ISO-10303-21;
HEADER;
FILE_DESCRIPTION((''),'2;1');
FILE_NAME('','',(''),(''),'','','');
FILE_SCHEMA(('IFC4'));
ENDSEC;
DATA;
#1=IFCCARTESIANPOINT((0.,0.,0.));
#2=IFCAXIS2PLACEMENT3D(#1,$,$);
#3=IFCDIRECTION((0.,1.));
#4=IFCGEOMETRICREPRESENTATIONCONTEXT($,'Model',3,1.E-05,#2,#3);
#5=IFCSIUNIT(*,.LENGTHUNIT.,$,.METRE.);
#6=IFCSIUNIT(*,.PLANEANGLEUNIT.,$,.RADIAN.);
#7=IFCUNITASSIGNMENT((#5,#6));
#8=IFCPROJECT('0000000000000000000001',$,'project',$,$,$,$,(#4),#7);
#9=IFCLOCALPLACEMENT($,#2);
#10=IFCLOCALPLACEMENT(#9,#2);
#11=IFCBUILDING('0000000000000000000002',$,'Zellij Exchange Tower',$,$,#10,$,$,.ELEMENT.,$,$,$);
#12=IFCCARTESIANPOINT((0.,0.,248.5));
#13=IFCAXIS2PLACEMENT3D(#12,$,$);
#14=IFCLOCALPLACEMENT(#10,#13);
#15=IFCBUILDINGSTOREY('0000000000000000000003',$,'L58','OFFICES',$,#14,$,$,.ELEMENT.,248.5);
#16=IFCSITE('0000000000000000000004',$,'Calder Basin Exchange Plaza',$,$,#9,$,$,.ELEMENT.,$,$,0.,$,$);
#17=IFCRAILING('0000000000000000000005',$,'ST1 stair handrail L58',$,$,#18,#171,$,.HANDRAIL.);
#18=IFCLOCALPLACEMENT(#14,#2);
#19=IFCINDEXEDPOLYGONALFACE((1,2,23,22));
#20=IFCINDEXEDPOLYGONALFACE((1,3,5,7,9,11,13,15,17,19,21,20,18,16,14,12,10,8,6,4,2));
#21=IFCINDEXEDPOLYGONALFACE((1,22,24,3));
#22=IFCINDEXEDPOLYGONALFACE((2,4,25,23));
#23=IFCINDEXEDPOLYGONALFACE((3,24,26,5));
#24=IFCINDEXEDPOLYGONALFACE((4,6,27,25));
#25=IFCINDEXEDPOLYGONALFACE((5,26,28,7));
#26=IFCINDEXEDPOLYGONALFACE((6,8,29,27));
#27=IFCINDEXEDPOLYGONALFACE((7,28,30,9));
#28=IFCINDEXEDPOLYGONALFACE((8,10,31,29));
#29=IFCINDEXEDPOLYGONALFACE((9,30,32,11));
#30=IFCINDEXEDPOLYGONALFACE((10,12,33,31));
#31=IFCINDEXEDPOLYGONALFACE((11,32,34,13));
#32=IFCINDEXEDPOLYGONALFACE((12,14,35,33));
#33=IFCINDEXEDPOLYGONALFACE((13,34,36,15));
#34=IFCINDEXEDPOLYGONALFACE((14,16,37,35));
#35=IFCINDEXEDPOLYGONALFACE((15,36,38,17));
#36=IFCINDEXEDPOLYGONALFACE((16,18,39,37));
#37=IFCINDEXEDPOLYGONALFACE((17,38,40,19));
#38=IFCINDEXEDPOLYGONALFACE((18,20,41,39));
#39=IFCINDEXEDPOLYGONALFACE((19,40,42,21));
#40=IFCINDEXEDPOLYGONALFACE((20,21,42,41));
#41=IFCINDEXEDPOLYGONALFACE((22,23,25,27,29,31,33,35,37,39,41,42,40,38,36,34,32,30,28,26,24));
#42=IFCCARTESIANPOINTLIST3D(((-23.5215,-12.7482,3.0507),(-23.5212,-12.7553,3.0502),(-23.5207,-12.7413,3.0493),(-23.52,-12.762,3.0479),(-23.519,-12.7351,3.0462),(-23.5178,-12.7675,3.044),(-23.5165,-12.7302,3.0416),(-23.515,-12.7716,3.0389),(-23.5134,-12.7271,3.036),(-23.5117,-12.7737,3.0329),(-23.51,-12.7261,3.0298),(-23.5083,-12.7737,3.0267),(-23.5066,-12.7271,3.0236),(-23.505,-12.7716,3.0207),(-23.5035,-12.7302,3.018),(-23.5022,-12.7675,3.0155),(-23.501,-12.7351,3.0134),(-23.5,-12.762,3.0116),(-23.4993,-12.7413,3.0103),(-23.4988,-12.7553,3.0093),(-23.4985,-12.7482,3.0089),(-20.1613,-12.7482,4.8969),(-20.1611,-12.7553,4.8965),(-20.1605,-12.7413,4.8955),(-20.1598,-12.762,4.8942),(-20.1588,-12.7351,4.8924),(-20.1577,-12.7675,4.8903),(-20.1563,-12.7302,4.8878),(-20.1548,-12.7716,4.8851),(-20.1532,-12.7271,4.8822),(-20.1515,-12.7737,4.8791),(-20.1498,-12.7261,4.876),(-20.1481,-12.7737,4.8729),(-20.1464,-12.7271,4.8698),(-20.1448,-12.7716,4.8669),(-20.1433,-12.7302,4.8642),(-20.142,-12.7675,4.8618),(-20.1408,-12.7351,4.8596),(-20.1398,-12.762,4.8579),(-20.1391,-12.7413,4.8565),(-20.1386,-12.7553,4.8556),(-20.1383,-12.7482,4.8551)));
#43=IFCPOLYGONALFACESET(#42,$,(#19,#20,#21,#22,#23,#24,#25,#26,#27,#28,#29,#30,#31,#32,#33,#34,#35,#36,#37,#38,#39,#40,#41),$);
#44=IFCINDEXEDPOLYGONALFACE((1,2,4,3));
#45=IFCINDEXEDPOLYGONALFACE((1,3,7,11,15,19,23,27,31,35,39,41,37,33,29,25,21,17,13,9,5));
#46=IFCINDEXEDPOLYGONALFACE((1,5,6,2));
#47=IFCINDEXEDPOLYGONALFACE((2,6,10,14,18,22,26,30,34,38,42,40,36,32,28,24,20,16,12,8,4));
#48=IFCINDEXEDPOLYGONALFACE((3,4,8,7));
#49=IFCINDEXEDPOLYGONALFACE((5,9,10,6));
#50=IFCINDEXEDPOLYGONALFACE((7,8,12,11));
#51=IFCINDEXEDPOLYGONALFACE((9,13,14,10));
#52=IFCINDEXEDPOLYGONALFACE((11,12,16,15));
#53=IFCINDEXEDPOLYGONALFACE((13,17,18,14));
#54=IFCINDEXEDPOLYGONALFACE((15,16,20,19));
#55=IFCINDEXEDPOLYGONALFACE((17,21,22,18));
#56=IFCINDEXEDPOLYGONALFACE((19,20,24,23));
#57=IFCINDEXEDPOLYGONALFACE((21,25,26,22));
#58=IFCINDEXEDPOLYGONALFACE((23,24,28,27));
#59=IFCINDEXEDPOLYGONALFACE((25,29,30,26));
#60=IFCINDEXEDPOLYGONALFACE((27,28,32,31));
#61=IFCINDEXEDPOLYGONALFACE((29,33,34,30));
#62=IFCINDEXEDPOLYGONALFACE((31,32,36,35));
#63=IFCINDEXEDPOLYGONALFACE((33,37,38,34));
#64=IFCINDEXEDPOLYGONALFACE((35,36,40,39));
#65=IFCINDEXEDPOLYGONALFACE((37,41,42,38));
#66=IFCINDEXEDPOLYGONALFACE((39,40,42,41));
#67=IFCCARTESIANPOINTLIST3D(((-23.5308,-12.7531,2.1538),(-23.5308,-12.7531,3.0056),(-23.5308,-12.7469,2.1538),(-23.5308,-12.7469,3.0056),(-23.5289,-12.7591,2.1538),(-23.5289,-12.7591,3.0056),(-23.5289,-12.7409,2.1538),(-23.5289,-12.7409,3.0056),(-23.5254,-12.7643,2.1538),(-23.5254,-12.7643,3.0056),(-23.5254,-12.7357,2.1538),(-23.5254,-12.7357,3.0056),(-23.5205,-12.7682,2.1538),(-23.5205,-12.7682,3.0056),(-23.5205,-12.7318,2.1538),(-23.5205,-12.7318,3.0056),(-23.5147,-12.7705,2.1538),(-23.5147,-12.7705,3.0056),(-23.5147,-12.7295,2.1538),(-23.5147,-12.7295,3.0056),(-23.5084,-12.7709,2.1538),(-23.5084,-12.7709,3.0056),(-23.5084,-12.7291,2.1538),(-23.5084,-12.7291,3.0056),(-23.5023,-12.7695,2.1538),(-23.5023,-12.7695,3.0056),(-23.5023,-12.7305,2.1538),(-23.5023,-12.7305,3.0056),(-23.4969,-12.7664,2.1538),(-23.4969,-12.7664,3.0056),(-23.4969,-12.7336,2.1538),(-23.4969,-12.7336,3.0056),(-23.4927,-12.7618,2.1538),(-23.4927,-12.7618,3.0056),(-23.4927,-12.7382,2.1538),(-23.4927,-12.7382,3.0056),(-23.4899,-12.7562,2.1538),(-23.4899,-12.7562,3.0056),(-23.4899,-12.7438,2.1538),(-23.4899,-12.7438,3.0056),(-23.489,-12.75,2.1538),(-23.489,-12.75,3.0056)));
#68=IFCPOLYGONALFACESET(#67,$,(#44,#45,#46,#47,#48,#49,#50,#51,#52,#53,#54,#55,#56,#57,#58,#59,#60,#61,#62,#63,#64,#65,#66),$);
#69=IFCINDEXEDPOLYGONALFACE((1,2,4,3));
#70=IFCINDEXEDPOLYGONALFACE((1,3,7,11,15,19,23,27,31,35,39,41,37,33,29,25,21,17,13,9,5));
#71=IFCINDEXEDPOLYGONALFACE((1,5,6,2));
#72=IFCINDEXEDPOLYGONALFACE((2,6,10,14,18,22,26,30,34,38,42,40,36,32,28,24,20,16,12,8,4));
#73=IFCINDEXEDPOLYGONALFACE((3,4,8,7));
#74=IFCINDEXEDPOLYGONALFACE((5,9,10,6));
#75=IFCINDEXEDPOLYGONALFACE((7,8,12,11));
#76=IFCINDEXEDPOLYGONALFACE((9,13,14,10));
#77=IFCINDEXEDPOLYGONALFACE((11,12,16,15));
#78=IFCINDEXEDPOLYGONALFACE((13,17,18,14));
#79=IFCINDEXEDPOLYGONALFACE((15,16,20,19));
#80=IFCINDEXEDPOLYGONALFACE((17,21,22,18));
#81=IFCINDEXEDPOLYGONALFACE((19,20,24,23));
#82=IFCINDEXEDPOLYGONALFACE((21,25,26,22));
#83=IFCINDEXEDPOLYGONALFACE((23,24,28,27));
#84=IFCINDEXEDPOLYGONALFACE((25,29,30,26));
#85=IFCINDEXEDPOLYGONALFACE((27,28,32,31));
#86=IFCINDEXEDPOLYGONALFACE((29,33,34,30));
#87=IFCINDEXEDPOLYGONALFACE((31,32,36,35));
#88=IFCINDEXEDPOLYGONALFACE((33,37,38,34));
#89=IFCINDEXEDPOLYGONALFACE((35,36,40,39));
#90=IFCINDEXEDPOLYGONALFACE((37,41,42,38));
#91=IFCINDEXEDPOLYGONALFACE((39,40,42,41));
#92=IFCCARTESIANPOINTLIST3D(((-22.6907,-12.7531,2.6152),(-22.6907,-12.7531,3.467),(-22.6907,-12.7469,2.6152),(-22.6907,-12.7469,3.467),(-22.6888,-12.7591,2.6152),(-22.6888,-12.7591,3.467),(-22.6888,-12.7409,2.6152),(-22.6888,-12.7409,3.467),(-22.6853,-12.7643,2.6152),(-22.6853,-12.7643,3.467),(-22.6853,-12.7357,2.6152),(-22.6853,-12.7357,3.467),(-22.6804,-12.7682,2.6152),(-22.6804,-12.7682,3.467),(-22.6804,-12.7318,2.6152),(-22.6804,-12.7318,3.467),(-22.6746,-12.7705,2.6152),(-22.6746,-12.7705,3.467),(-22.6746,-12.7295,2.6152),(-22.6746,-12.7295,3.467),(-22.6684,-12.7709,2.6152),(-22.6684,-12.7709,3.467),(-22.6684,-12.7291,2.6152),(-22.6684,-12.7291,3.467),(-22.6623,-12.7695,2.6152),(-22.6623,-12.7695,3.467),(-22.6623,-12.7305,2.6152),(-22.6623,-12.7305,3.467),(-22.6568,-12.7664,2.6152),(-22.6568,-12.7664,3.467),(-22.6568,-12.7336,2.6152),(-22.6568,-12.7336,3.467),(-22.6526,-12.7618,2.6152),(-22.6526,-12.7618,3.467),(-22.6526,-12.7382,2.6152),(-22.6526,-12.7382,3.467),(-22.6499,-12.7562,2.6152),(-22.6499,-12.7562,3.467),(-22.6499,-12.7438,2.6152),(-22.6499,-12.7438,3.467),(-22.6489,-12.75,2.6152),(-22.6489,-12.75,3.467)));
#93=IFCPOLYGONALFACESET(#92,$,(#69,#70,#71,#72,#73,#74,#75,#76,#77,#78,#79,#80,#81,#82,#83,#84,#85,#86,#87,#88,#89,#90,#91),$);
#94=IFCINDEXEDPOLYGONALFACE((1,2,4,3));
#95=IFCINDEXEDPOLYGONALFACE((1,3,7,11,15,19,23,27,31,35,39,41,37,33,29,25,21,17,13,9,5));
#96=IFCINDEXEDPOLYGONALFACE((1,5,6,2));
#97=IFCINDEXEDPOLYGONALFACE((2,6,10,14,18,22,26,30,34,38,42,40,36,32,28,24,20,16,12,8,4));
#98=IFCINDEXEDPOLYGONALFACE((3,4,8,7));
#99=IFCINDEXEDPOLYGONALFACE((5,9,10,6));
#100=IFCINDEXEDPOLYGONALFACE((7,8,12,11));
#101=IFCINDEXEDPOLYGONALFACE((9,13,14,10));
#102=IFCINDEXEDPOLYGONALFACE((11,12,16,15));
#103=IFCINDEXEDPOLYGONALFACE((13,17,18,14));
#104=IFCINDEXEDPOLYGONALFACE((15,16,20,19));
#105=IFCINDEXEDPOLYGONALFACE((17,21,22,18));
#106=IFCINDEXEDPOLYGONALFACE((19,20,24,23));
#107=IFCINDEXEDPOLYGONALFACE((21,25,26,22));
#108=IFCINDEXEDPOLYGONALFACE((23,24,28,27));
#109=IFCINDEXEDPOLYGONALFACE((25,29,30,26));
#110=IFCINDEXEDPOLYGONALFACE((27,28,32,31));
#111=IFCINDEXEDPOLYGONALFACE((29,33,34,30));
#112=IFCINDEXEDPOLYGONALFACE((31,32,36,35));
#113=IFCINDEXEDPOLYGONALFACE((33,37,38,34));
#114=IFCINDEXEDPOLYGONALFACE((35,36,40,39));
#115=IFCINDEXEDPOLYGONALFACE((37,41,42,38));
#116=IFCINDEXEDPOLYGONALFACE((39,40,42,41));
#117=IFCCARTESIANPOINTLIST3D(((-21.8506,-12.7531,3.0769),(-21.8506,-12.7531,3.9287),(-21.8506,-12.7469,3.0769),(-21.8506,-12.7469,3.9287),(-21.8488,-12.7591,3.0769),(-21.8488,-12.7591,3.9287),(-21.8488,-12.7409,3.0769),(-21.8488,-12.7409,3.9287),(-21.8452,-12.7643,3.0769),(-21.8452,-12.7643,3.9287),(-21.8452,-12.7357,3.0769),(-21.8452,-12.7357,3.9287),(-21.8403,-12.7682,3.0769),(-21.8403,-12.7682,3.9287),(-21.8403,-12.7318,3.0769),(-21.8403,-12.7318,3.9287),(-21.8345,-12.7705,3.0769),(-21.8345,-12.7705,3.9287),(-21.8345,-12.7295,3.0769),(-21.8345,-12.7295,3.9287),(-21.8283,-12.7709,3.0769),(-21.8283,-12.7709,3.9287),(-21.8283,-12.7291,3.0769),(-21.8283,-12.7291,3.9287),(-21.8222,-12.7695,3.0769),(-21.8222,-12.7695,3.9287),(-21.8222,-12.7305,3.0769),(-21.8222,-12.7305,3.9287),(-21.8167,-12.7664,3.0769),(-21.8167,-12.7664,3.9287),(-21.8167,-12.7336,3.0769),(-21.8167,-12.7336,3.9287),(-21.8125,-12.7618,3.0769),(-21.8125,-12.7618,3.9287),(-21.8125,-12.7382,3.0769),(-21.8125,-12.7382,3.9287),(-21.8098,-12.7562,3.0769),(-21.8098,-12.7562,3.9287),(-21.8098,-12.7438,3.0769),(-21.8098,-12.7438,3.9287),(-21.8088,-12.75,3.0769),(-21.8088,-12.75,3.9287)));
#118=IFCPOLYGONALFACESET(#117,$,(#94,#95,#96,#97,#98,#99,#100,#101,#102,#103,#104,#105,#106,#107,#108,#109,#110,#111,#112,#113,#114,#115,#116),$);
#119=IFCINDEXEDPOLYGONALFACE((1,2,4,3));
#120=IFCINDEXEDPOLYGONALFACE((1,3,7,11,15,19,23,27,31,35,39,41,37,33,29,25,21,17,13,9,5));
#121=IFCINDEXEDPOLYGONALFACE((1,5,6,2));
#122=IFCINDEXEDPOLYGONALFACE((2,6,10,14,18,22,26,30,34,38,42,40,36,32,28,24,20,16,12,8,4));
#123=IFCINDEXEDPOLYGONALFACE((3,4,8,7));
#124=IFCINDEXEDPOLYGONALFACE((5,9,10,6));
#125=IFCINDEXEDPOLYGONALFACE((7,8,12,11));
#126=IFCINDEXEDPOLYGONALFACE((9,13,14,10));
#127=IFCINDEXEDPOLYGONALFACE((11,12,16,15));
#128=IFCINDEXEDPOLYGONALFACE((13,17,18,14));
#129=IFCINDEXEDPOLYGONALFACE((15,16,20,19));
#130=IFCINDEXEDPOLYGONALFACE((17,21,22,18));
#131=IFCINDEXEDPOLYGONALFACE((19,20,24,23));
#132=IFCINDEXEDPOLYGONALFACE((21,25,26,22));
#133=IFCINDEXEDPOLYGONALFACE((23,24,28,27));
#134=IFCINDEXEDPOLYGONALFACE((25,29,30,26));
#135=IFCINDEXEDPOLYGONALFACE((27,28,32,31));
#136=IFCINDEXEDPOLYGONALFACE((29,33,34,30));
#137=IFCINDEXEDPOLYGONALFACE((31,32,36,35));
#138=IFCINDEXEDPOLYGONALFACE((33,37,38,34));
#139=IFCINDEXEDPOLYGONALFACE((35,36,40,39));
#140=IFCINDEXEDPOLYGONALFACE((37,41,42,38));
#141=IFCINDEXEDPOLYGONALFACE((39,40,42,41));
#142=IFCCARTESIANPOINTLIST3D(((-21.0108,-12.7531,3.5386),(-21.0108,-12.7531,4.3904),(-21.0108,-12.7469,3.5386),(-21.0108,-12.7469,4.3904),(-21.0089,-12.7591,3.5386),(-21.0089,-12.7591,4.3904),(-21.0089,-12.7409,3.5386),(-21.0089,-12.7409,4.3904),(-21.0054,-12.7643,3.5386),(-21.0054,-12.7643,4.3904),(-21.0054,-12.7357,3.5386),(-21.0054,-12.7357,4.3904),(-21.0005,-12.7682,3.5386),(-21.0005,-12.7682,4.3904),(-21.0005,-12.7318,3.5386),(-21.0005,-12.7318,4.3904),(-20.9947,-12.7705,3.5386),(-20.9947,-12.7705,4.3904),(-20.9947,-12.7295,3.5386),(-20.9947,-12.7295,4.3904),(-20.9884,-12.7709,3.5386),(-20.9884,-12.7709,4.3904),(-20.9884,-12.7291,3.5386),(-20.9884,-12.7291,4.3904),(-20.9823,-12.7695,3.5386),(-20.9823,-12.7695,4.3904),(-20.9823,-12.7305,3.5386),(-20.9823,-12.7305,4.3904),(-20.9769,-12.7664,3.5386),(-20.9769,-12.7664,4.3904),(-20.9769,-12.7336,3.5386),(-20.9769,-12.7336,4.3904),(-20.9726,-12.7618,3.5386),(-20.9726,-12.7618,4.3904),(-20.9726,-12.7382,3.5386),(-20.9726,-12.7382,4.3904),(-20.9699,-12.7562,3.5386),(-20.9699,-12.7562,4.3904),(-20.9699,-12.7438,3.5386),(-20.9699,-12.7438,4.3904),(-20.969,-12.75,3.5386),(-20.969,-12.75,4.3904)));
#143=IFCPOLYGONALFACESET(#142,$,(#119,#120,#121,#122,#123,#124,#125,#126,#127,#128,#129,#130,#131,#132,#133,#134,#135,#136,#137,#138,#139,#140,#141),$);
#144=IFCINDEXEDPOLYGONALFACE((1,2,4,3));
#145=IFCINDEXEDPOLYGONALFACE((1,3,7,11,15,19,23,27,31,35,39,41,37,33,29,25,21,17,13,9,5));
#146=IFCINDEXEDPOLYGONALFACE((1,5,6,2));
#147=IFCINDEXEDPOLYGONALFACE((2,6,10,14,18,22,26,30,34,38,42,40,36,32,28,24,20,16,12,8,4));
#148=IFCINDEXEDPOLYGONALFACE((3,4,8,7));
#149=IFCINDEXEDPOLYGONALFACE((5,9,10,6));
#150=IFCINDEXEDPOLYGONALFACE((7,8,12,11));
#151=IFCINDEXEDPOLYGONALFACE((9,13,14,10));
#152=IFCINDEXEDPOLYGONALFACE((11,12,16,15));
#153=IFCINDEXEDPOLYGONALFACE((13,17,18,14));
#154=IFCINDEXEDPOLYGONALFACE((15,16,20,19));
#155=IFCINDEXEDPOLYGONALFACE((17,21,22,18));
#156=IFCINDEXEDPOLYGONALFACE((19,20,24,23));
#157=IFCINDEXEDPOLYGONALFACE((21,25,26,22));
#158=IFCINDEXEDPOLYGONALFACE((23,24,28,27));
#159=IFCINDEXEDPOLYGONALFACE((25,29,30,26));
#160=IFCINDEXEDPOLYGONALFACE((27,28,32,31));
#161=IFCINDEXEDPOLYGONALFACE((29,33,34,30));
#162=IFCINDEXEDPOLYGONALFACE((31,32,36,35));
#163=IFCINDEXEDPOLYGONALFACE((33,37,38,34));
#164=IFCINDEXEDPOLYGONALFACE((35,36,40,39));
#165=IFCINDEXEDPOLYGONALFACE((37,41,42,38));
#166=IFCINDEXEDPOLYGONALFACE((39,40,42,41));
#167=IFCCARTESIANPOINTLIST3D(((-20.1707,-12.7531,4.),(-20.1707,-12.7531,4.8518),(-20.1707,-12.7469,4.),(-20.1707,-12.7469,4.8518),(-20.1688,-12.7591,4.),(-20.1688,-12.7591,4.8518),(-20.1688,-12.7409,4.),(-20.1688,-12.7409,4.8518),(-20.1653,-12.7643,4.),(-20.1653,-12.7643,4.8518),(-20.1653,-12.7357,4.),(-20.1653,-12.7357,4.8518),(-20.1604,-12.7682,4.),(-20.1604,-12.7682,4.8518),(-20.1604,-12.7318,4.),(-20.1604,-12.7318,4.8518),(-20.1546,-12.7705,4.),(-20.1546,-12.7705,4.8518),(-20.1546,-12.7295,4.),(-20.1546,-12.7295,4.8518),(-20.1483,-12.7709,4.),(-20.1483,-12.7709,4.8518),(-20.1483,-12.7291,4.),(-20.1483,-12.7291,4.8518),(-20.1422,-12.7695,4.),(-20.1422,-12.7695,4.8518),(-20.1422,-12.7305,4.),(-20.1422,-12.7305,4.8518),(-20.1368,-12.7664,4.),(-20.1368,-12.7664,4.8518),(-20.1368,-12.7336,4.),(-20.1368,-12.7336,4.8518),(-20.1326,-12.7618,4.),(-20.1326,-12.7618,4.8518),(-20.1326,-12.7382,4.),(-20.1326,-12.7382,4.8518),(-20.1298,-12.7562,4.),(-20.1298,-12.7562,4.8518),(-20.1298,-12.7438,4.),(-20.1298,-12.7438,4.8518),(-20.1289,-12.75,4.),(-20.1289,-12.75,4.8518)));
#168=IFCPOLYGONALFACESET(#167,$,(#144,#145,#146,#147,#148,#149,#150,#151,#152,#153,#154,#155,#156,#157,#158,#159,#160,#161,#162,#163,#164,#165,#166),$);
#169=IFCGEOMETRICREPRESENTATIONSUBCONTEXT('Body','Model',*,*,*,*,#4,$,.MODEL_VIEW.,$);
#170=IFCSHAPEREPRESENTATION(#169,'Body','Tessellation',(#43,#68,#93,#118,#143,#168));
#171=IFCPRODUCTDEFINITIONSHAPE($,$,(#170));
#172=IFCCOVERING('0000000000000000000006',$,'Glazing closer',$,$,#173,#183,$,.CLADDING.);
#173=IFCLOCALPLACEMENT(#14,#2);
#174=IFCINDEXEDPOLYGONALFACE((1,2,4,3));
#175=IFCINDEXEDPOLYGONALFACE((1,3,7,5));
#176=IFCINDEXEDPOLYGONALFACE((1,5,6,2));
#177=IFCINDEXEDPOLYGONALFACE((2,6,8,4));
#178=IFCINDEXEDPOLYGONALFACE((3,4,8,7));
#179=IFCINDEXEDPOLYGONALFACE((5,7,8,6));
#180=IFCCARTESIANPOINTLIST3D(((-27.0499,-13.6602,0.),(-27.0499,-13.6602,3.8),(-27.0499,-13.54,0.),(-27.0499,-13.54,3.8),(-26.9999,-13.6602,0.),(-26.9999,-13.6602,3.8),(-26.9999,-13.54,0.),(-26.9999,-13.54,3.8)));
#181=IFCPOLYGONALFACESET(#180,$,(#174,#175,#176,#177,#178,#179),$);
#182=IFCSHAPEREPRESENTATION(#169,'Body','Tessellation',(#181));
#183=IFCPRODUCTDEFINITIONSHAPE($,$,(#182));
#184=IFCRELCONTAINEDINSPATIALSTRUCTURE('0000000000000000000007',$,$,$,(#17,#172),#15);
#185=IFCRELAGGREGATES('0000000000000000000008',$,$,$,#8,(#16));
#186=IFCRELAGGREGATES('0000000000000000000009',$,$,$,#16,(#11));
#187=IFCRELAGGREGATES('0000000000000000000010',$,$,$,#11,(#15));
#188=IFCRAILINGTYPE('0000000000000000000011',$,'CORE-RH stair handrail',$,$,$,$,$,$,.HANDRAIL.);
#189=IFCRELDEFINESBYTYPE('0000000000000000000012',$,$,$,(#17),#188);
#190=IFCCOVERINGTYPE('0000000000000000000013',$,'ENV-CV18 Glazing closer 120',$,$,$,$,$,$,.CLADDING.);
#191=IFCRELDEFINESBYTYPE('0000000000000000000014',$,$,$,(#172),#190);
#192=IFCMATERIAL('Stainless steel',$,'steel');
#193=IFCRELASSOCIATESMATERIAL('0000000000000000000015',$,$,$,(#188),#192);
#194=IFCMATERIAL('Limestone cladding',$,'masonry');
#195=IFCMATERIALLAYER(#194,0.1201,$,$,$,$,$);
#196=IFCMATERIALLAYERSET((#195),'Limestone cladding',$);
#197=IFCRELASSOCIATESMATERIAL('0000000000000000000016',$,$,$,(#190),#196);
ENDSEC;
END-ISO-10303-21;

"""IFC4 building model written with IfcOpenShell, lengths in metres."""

from ifc_helpers import new_model, si_unit, direction, frame, origin, origin_2d, place, context, subcontext, project, spatial, rectangle, circle, extrude, material, layer, layer_set, type_object, element, save


model = new_model("IFC4")

# Units and contexts
model_context = context("Model", 3, precision=1e-05, world=origin(), true_north=direction((0.0, 1.0)))
body_context = subcontext(model_context, "Body", "Model", "MODEL_VIEW")
ifc_project = project(units=[si_unit("LENGTHUNIT", "METRE"), si_unit("PLANEANGLEUNIT", "RADIAN")], contexts=[model_context])

# Site, building, storey
site_placement = place(None, origin())
site = spatial("IfcSite", under=ifc_project, at=site_placement, Name="Calder Basin Exchange Plaza", CompositionType="ELEMENT", RefElevation=0.0)
building_placement = place(site_placement, origin())
building = spatial("IfcBuilding", under=site, at=building_placement, Name="Zellij Exchange Tower", CompositionType="ELEMENT")
storey_placement = place(building_placement, frame((0.0, 0.0, 248.5)))
storey = spatial("IfcBuildingStorey", under=building, at=storey_placement, Name="L58", Description="OFFICES", CompositionType="ELEMENT", Elevation=248.5)

# Railing
ifc_material_1 = material(Name="Stainless steel", Category="steel")
railing_type = type_object("IfcRailingType", Name="CORE-RH stair handrail", PredefinedType="HANDRAIL", material=ifc_material_1)
railing_placement = place(storey_placement, frame((-23.51, -12.75, 2.1538)))
element("IfcRailing", 1, at=railing_placement, inside=storey, type_object=railing_type, Name="ST1 stair handrail L58", PredefinedType="HANDRAIL", context=body_context, shape_type="SweptSolid", body=[
    extrude(circle(Radius=0.0239, at=origin_2d()), frame((0.0, 0.0, 0.876), z_axis=(0.876422, 0.0, 0.481545), x_axis=(0.0, 1.0, 0.0)), (0.0, 0.0, 1.0), 3.834),
    extrude(circle(Radius=0.021, at=origin_2d()), origin(), (0.0, 0.0, 1.0), 0.8518),
    extrude(circle(Radius=0.021, at=origin_2d()), frame((0.8401, 0.0, 0.4614)), (0.0, 0.0, 1.0), 0.8518),
    extrude(circle(Radius=0.021, at=origin_2d()), frame((1.6802, 0.0, 0.9231)), (0.0, 0.0, 1.0), 0.8518),
    extrude(circle(Radius=0.021, at=origin_2d()), frame((2.52, 0.0, 1.3848)), (0.0, 0.0, 1.0), 0.8518),
    extrude(circle(Radius=0.021, at=origin_2d()), frame((3.3601, 0.0, 1.8462)), (0.0, 0.0, 1.0), 0.8518),
])

# Covering
ifc_material_2 = material(Name="Limestone cladding", Category="masonry")
ifc_layer_1 = layer(ifc_material_2, 0.1201)
ifc_layer_set_1 = layer_set([ifc_layer_1], Name="Limestone cladding")
covering_type = type_object("IfcCoveringType", Name="ENV-CV18 Glazing closer 120", PredefinedType="CLADDING", material=ifc_layer_set_1)
covering_placement = place(storey_placement, frame((-27.0249, -13.6001, 0.0), z_axis=(0.0, 0.0, 1.0), x_axis=(1.0, 0.0, 0.0)))
element("IfcCovering", 2, at=covering_placement, inside=storey, type_object=covering_type, Name="Glazing closer", PredefinedType="CLADDING", context=body_context, shape_type="SweptSolid", body=[
    extrude(rectangle(XDim=0.05, YDim=0.1201, at=origin_2d()), origin(), (0.0, 0.0, 1.0), 3.8),
])

save(model, "model.ifc")
